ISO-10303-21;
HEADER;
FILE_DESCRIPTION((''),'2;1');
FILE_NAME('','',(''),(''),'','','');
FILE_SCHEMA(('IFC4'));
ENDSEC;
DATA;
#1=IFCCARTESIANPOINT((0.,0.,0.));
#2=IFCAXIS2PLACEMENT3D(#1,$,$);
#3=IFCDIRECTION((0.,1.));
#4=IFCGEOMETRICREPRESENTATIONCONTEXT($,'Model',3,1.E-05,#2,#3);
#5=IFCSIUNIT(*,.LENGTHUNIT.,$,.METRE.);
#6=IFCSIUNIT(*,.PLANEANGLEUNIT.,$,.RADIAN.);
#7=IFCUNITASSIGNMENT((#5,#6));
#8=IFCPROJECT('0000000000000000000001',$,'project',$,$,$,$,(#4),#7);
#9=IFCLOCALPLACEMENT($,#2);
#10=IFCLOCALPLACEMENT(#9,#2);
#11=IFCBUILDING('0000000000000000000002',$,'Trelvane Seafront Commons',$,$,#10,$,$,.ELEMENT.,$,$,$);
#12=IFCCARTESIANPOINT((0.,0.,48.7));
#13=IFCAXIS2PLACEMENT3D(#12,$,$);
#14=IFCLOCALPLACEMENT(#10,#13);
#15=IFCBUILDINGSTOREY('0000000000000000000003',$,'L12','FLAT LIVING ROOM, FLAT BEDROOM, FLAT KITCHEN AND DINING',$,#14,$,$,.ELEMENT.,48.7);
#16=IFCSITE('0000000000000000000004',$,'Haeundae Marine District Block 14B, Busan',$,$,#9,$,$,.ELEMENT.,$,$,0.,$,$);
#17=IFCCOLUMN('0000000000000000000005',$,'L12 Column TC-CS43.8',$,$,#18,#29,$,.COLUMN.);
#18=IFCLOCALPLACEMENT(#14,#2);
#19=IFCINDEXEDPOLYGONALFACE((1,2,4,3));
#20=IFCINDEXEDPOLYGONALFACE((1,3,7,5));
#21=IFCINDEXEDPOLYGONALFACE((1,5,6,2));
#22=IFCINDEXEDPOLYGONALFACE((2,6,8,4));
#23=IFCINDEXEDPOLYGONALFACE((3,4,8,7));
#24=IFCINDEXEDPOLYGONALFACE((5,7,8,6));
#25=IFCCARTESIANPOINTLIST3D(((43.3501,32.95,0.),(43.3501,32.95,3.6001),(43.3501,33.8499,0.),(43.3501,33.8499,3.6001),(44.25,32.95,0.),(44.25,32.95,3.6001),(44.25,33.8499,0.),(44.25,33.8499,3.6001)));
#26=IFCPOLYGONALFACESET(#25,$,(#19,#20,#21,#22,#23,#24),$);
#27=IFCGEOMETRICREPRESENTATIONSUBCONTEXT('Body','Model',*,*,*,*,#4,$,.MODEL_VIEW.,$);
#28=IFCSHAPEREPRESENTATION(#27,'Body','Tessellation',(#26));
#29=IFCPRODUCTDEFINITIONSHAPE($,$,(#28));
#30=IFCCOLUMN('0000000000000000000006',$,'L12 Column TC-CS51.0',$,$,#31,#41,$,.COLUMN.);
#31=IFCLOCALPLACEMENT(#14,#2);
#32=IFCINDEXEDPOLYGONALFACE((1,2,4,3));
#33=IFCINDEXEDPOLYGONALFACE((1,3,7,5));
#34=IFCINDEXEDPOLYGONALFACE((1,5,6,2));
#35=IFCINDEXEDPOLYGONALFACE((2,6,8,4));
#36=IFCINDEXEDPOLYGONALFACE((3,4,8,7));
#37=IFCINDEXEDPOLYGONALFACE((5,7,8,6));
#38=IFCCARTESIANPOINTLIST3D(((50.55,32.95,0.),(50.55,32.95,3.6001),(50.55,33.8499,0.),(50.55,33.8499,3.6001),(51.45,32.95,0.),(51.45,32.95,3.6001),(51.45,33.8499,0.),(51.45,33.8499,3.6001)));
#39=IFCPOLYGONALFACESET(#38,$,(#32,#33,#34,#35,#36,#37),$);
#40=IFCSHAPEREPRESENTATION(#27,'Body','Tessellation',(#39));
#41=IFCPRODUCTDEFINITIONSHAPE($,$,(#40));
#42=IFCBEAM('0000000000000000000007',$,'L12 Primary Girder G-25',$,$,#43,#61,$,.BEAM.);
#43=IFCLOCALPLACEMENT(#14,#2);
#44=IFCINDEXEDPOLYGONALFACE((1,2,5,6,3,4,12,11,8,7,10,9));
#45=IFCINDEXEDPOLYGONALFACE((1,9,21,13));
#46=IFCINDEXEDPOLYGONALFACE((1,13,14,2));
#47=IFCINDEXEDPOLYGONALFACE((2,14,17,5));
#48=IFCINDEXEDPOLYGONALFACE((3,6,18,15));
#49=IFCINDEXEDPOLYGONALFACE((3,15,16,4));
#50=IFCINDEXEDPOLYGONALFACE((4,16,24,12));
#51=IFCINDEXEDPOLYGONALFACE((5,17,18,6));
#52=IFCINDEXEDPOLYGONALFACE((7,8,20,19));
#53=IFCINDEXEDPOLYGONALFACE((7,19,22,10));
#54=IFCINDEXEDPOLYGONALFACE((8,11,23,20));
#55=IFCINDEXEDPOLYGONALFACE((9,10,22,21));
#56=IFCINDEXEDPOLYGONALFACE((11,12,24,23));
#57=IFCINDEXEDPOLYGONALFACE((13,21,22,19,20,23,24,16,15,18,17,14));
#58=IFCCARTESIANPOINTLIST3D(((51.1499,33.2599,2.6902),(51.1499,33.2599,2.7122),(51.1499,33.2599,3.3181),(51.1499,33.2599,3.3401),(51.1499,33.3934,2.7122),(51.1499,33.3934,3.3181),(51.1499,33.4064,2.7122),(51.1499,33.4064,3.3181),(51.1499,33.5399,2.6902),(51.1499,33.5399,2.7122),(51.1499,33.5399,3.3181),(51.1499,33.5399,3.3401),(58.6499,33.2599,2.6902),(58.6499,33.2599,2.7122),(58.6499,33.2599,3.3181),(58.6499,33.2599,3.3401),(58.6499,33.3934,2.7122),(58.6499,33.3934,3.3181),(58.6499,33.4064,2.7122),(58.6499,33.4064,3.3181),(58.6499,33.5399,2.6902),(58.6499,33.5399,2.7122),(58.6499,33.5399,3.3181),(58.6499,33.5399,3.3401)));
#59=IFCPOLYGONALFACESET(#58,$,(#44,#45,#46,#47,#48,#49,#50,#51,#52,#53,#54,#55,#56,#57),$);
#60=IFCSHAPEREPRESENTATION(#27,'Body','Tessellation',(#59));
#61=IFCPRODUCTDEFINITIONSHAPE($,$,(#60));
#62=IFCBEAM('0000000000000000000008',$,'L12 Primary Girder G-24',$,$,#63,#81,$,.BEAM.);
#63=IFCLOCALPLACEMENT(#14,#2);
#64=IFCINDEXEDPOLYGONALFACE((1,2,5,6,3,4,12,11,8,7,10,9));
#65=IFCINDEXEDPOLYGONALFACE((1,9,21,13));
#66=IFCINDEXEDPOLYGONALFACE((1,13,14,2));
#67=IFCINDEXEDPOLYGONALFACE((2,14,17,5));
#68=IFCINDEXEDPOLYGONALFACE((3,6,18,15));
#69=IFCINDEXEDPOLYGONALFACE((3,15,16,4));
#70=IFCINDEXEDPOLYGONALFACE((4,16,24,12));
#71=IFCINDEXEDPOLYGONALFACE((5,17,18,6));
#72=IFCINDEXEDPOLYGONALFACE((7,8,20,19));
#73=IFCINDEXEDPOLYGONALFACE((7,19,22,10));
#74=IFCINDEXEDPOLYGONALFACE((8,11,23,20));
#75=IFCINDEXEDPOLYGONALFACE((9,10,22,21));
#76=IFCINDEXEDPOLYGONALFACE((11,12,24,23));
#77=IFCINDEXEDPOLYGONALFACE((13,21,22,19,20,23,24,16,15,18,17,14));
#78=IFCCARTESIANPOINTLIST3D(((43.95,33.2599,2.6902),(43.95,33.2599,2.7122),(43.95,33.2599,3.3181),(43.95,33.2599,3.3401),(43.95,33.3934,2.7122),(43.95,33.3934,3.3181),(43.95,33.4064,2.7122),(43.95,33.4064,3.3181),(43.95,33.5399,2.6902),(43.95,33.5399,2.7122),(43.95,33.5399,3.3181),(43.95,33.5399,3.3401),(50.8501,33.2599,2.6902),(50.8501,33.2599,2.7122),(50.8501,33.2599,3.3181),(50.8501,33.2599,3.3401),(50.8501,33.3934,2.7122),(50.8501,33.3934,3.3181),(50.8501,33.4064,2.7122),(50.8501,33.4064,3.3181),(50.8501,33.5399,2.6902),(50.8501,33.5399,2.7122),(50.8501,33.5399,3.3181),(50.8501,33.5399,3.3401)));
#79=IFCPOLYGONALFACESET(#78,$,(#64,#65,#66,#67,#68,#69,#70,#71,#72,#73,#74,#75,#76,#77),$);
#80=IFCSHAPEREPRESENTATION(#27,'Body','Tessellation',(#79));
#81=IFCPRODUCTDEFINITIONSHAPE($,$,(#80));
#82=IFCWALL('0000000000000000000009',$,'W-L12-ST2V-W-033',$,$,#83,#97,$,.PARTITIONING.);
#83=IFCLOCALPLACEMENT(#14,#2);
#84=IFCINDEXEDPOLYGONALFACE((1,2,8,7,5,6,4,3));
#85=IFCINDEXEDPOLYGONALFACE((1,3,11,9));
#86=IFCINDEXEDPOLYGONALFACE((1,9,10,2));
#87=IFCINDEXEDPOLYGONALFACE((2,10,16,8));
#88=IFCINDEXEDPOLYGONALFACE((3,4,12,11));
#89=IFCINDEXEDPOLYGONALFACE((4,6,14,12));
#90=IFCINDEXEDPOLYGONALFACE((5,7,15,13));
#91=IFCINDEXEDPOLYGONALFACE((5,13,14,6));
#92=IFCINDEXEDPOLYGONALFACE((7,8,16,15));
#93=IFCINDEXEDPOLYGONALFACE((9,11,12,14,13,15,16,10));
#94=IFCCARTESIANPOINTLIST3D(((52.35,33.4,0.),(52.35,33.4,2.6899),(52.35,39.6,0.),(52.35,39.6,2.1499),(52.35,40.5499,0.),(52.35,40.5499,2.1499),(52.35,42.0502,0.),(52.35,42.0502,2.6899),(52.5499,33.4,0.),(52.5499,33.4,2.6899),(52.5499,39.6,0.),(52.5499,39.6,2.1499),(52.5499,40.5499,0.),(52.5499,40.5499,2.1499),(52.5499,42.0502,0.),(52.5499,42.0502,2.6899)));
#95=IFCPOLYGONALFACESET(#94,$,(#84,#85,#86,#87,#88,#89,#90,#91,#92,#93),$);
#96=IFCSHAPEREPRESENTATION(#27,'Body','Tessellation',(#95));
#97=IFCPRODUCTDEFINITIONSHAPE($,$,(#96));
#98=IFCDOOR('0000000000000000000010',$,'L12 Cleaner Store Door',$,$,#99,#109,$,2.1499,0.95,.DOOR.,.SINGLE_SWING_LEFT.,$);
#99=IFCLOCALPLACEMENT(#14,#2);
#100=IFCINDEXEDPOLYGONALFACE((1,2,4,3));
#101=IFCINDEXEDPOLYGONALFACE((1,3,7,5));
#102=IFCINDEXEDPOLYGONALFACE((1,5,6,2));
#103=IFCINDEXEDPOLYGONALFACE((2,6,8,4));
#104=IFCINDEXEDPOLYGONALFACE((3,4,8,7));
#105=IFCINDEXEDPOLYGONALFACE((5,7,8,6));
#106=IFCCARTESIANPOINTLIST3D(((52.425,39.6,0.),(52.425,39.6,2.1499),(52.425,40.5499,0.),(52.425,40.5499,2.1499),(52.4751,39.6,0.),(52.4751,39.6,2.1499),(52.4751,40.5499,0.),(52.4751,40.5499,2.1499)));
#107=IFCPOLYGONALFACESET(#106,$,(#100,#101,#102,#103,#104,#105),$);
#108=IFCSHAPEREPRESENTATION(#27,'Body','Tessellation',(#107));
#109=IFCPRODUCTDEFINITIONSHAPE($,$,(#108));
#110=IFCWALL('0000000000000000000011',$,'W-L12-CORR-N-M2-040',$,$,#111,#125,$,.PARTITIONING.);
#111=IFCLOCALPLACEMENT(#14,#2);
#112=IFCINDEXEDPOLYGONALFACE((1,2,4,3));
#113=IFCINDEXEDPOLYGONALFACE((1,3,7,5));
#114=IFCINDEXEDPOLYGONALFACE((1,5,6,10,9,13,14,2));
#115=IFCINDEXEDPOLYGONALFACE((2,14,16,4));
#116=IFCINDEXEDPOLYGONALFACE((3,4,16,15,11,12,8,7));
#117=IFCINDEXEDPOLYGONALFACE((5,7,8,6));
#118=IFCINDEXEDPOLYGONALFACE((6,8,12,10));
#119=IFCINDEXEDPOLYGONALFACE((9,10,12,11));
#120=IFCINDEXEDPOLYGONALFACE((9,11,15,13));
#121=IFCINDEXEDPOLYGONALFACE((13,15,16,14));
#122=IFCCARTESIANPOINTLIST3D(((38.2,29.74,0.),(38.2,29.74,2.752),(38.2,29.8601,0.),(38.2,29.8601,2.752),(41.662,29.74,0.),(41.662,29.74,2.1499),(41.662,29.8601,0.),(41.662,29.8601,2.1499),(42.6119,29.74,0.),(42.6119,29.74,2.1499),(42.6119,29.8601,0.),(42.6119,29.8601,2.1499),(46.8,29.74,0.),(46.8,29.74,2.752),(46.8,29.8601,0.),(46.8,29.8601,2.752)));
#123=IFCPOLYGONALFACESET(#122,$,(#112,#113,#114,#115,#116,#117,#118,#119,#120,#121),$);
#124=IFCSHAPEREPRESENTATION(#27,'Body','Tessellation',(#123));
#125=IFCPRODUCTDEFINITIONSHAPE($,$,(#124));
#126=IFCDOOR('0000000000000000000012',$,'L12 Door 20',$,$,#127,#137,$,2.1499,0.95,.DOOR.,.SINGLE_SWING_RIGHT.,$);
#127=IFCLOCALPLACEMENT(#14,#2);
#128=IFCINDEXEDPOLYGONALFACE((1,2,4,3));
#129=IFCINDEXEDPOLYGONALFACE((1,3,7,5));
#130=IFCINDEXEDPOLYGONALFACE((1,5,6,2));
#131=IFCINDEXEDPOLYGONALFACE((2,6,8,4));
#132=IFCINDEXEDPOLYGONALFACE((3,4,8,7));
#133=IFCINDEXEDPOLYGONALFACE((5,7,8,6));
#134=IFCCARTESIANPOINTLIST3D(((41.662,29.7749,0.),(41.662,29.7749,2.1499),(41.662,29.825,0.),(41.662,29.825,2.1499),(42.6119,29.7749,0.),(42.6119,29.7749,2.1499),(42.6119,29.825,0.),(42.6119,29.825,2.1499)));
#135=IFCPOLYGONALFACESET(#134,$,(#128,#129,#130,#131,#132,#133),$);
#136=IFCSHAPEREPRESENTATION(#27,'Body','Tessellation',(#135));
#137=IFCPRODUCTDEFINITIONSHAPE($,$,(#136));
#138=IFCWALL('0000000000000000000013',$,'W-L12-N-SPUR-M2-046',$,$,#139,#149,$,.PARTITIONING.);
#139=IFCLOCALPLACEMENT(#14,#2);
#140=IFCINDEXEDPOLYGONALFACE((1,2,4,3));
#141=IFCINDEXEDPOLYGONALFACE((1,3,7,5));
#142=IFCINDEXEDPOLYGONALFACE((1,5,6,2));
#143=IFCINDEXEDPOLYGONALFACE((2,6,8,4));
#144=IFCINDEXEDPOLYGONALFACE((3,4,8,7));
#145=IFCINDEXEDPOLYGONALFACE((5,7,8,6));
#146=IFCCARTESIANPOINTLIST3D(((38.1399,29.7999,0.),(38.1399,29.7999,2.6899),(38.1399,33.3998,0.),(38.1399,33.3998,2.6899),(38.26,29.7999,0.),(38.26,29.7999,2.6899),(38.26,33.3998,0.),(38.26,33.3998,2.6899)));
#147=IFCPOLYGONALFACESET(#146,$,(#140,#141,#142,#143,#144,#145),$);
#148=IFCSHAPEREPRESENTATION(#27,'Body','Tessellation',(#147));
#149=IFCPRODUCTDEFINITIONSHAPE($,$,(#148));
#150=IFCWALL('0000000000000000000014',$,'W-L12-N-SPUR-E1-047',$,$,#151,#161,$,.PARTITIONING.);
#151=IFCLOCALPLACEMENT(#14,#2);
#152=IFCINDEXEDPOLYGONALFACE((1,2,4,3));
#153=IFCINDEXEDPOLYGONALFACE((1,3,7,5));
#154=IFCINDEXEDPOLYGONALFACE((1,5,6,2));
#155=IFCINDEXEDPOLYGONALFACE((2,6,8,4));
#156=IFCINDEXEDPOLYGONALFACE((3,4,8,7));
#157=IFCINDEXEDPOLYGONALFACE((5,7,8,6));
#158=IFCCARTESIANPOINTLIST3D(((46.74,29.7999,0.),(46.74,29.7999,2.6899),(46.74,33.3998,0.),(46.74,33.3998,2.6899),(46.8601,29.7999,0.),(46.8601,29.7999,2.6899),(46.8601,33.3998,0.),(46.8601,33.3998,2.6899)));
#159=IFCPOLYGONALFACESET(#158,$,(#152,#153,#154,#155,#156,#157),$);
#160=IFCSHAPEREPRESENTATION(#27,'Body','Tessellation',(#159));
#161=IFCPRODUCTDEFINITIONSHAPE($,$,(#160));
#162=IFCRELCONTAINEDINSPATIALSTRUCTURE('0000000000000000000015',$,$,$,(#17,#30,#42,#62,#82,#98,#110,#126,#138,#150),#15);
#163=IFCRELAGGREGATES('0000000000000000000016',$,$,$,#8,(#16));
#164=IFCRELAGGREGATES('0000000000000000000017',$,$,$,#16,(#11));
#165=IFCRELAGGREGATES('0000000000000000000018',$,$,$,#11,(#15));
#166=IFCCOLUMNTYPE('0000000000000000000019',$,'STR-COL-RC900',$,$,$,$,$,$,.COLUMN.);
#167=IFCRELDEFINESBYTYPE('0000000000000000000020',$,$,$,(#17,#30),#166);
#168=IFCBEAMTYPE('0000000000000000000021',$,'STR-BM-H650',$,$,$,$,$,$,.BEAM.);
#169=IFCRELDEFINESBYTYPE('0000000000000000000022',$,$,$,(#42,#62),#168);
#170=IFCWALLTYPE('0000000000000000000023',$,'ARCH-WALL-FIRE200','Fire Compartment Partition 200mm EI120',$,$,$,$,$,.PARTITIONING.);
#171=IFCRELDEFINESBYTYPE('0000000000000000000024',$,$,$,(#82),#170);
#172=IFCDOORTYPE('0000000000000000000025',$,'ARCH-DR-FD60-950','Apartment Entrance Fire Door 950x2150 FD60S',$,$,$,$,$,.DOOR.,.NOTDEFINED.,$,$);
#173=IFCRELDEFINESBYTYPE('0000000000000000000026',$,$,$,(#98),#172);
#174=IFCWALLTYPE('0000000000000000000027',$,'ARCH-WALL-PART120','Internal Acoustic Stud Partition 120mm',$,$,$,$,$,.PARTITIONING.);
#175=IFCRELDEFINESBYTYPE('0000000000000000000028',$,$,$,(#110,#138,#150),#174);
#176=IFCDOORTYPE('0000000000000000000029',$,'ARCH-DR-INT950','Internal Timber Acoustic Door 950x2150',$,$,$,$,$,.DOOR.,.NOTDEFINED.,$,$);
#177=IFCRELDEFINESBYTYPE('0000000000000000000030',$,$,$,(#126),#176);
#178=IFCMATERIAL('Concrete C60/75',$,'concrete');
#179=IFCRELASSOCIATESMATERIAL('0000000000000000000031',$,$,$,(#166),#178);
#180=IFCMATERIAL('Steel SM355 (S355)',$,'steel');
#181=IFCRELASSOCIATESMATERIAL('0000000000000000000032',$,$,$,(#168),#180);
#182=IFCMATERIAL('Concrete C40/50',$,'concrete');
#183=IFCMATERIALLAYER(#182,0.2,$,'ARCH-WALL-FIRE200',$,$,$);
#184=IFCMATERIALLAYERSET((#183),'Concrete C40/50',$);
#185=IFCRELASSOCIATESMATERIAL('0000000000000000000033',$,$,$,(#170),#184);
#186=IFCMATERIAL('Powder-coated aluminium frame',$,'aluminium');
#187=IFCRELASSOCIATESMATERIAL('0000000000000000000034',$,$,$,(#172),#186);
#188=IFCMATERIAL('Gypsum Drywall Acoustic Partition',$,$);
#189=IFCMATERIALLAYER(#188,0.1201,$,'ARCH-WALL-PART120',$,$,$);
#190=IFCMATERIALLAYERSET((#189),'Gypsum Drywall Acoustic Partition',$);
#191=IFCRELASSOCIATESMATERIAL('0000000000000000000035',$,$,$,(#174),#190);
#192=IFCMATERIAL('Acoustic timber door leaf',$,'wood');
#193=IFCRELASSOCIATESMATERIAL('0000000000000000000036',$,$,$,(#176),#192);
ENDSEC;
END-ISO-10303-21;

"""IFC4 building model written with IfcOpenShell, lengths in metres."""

from ifc_helpers import new_model, si_unit, direction, frame, frame_2d, origin, origin_2d, place, context, subcontext, project, spatial, rectangle, i_section, extrude, source, transform, mapped, material, layer, layer_set, material_profile, profile_set, type_object, element, fill, save


model = new_model("IFC4")

# Units and contexts
model_context = context("Model", 3, precision=1e-05, world=origin(), true_north=direction((0.0, 1.0)))
body_context = subcontext(model_context, "Body", "Model", "MODEL_VIEW")
ifc_project = project(units=[si_unit("LENGTHUNIT", "METRE"), si_unit("PLANEANGLEUNIT", "RADIAN")], contexts=[model_context])

# Site, building, storey
site_placement = place(None, origin())
site = spatial("IfcSite", under=ifc_project, at=site_placement, Name="Haeundae Marine District Block 14B, Busan", CompositionType="ELEMENT", RefElevation=0.0)
building_placement = place(site_placement, origin())
building = spatial("IfcBuilding", under=site, at=building_placement, Name="Trelvane Seafront Commons", CompositionType="ELEMENT")
storey_placement = place(building_placement, frame((0.0, 0.0, 48.7)))
storey = spatial("IfcBuildingStorey", under=building, at=storey_placement, Name="L12", Description="FLAT LIVING ROOM, FLAT BEDROOM, FLAT KITCHEN AND DINING", CompositionType="ELEMENT", Elevation=48.7)

# Columns
ifc_material_1 = material(Name="Concrete C60/75", Category="concrete")
ifc_material_profile_1 = material_profile(ifc_material_1, rectangle(XDim=0.8999, YDim=0.8999, at=origin_2d()), Name="RC-900x900")
ifc_profile_set_1 = profile_set([ifc_material_profile_1], Name="Concrete C60/75")
column_type = type_object("IfcColumnType", Name="STR-COL-RC900", PredefinedType="COLUMN", material=ifc_profile_set_1)
shared_shape_1 = source(origin(), body_context, "Body", "SweptSolid", [
    extrude(rectangle(XDim=0.8999, YDim=0.8999, at=origin_2d()), origin(), (0.0, 0.0, 1.0), 3.6001),
])
for number, where, z_axis, x_axis, name in (
    (1, (43.8, 33.3999, 0.0), (0.0, 0.0, 1.0), (1.0, 0.0, 0.0), "L12 Column TC-CS43.8"),
    (2, (51.0, 33.3999, 0.0), (0.0, 0.0, 1.0), (1.0, 0.0, 0.0), "L12 Column TC-CS51.0"),
):
    element("IfcColumn", number, at=place(storey_placement, frame(where, z_axis=z_axis, x_axis=x_axis)), inside=storey, type_object=column_type, Name=name, PredefinedType="COLUMN", context=body_context, shape_type="MappedRepresentation", body=[
        mapped(shared_shape_1, transform((0.0, 0.0, 0.0), x_axis=(1.0, 0.0, 0.0), y_axis=(0.0, 1.0, 0.0), z_axis=(0.0, 0.0, 1.0), scale=1.0)),
    ])

# Beams
ifc_material_2 = material(Name="Steel SM355 (S355)", Category="steel")
ifc_material_profile_2 = material_profile(ifc_material_2, i_section(OverallWidth=0.28, OverallDepth=0.6499, WebThickness=0.0129, FlangeThickness=0.022, at=origin_2d()), Name="H-650x280x13x22")
ifc_profile_set_2 = profile_set([ifc_material_profile_2], Name="Steel SM355 (S355)")
beam_type = type_object("IfcBeamType", Name="STR-BM-H650", PredefinedType="BEAM", material=ifc_profile_set_2)
shared_shape_2 = source(origin(), body_context, "Body", "SweptSolid", [
    extrude(i_section(OverallWidth=0.28, OverallDepth=0.6499, WebThickness=0.0129, FlangeThickness=0.022, at=origin_2d()), origin(), (0.0, 0.0, 1.0), 7.5),
])
beam_1_placement = place(storey_placement, frame((51.1499, 33.3999, 3.0151), z_axis=(1.0, 0.0, 0.0), x_axis=(0.0, 1.0, 0.0)))
element("IfcBeam", 3, at=beam_1_placement, inside=storey, type_object=beam_type, Name="L12 Primary Girder G-25", PredefinedType="BEAM", context=body_context, shape_type="MappedRepresentation", body=[
    mapped(shared_shape_2, transform((0.0, 0.0, 0.0), x_axis=(1.0, 0.0, 0.0), y_axis=(0.0, 1.0, 0.0), z_axis=(0.0, 0.0, 1.0), scale=1.0)),
])
shared_shape_3 = source(origin(), body_context, "Body", "SweptSolid", [
    extrude(i_section(OverallWidth=0.28, OverallDepth=0.6499, WebThickness=0.0129, FlangeThickness=0.022, at=origin_2d()), origin(), (0.0, 0.0, 1.0), 6.9001),
])
beam_2_placement = place(storey_placement, frame((43.95, 33.3999, 3.0151), z_axis=(1.0, 0.0, 0.0), x_axis=(0.0, 1.0, 0.0)))
element("IfcBeam", 4, at=beam_2_placement, inside=storey, type_object=beam_type, Name="L12 Primary Girder G-24", PredefinedType="BEAM", context=body_context, shape_type="MappedRepresentation", body=[
    mapped(shared_shape_3, transform((0.0, 0.0, 0.0), x_axis=(1.0, 0.0, 0.0), y_axis=(0.0, 1.0, 0.0), z_axis=(0.0, 0.0, 1.0), scale=1.0)),
])

# Wall, opening, door
ifc_material_3 = material(Name="Concrete C40/50", Category="concrete")
ifc_layer_1 = layer(ifc_material_3, 0.2, Name="ARCH-WALL-FIRE200")
ifc_layer_set_1 = layer_set([ifc_layer_1], Name="Concrete C40/50")
wall_type_1 = type_object("IfcWallType", Name="ARCH-WALL-FIRE200", Description="Fire Compartment Partition 200mm EI120", PredefinedType="PARTITIONING", material=ifc_layer_set_1)
wall_1_placement = place(storey_placement, frame((52.45, 33.3999, 0.0), z_axis=(0.0, 0.0, 1.0), x_axis=(0.0, 1.0, 0.0)))
wall_1 = element("IfcWall", 5, at=wall_1_placement, inside=storey, type_object=wall_type_1, Name="W-L12-ST2V-W-033", PredefinedType="PARTITIONING", context=body_context, shape_type="SweptSolid", body=[
    extrude(rectangle(XDim=8.6501, YDim=0.2, at=frame_2d((4.3252, 0.0))), origin(), (0.0, 0.0, 1.0), 2.6899),
])
opening_1_placement = place(wall_1_placement, frame((6.2, 0.0, 0.0)))
opening_1 = element("IfcOpeningElement", 6, at=opening_1_placement, cuts=wall_1, PredefinedType="OPENING", context=body_context, shape_type="SweptSolid", body=[
    extrude(rectangle(XDim=0.95, YDim=2.1499, at=frame_2d((0.4751, 1.075))), frame((0.0, 0.1099, 0.0), z_axis=(0.0, -1.0, 0.0), x_axis=(1.0, 0.0, 0.0)), (0.0, 0.0, 1.0), 0.22),
])
ifc_material_4 = material(Name="Powder-coated aluminium frame", Category="aluminium")
door_type_1 = type_object("IfcDoorType", Name="ARCH-DR-FD60-950", Description="Apartment Entrance Fire Door 950x2150 FD60S", OperationType="NOTDEFINED", PredefinedType="DOOR", material=ifc_material_4)
shared_shape_4 = source(origin(), body_context, "Body", "SweptSolid", [
    extrude(rectangle(XDim=0.95, YDim=2.1499, at=frame_2d((0.4751, 1.075))), frame((0.0, 0.0249, 0.0), z_axis=(0.0, -1.0, 0.0), x_axis=(1.0, 0.0, 0.0)), (0.0, 0.0, 1.0), 0.05),
])
door_1_placement = place(opening_1_placement, origin())
door_1 = element("IfcDoor", 7, at=door_1_placement, inside=storey, type_object=door_type_1, Name="L12 Cleaner Store Door", OperationType="SINGLE_SWING_LEFT", OverallHeight=2.1499, OverallWidth=0.95, PredefinedType="DOOR", context=body_context, shape_type="MappedRepresentation", body=[
    mapped(shared_shape_4, transform((0.0, 0.0, 0.0), x_axis=(1.0, 0.0, 0.0), y_axis=(0.0, 1.0, 0.0), z_axis=(0.0, 0.0, 1.0), scale=1.0)),
])
fill(opening_1, door_1)

# Wall, opening, door
ifc_material_5 = material(Name="Gypsum Drywall Acoustic Partition")
ifc_layer_2 = layer(ifc_material_5, 0.1201, Name="ARCH-WALL-PART120")
ifc_layer_set_2 = layer_set([ifc_layer_2], Name="Gypsum Drywall Acoustic Partition")
wall_type_2 = type_object("IfcWallType", Name="ARCH-WALL-PART120", Description="Internal Acoustic Stud Partition 120mm", PredefinedType="PARTITIONING", material=ifc_layer_set_2)
wall_2_placement = place(storey_placement, frame((38.2, 29.8, 0.0), z_axis=(0.0, 0.0, 1.0), x_axis=(1.0, 0.0, 0.0)))
wall_2 = element("IfcWall", 8, at=wall_2_placement, inside=storey, type_object=wall_type_2, Name="W-L12-CORR-N-M2-040", PredefinedType="PARTITIONING", context=body_context, shape_type="SweptSolid", body=[
    extrude(rectangle(XDim=8.6001, YDim=0.1201, at=frame_2d((4.3, 0.0))), origin(), (0.0, 0.0, 1.0), 2.752),
])
opening_2_placement = place(wall_2_placement, frame((3.4619, 0.0, 0.0)))
opening_2 = element("IfcOpeningElement", 9, at=opening_2_placement, cuts=wall_2, PredefinedType="OPENING", context=body_context, shape_type="SweptSolid", body=[
    extrude(rectangle(XDim=0.95, YDim=2.1499, at=frame_2d((0.4751, 1.075))), frame((0.0, 0.0701, 0.0), z_axis=(0.0, -1.0, 0.0), x_axis=(1.0, 0.0, 0.0)), (0.0, 0.0, 1.0), 0.1401),
])
ifc_material_6 = material(Name="Acoustic timber door leaf", Category="wood")
door_type_2 = type_object("IfcDoorType", Name="ARCH-DR-INT950", Description="Internal Timber Acoustic Door 950x2150", OperationType="NOTDEFINED", PredefinedType="DOOR", material=ifc_material_6)
door_2_placement = place(opening_2_placement, origin())
door_2 = element("IfcDoor", 10, at=door_2_placement, inside=storey, type_object=door_type_2, Name="L12 Door 20", OperationType="SINGLE_SWING_RIGHT", OverallHeight=2.1499, OverallWidth=0.95, PredefinedType="DOOR", context=body_context, shape_type="MappedRepresentation", body=[
    mapped(shared_shape_4, transform((0.0, 0.0, 0.0), x_axis=(1.0, 0.0, 0.0), y_axis=(0.0, 1.0, 0.0), z_axis=(0.0, 0.0, 1.0), scale=1.0)),
])
fill(opening_2, door_2)

# Walls
for number, where, z_axis, x_axis, name in (
    (11, (38.2, 29.8, 0.0), (0.0, 0.0, 1.0), (0.0, 1.0, 0.0), "W-L12-N-SPUR-M2-046"),
    (12, (46.8, 29.8, 0.0), (0.0, 0.0, 1.0), (0.0, 1.0, 0.0), "W-L12-N-SPUR-E1-047"),
):
    element("IfcWall", number, at=place(storey_placement, frame(where, z_axis=z_axis, x_axis=x_axis)), inside=storey, type_object=wall_type_2, Name=name, PredefinedType="PARTITIONING", context=body_context, shape_type="SweptSolid", body=[
        extrude(rectangle(XDim=3.5999, YDim=0.1201, at=frame_2d((1.7998, 0.0))), origin(), (0.0, 0.0, 1.0), 2.6899),
    ])

save(model, "model.ifc")
